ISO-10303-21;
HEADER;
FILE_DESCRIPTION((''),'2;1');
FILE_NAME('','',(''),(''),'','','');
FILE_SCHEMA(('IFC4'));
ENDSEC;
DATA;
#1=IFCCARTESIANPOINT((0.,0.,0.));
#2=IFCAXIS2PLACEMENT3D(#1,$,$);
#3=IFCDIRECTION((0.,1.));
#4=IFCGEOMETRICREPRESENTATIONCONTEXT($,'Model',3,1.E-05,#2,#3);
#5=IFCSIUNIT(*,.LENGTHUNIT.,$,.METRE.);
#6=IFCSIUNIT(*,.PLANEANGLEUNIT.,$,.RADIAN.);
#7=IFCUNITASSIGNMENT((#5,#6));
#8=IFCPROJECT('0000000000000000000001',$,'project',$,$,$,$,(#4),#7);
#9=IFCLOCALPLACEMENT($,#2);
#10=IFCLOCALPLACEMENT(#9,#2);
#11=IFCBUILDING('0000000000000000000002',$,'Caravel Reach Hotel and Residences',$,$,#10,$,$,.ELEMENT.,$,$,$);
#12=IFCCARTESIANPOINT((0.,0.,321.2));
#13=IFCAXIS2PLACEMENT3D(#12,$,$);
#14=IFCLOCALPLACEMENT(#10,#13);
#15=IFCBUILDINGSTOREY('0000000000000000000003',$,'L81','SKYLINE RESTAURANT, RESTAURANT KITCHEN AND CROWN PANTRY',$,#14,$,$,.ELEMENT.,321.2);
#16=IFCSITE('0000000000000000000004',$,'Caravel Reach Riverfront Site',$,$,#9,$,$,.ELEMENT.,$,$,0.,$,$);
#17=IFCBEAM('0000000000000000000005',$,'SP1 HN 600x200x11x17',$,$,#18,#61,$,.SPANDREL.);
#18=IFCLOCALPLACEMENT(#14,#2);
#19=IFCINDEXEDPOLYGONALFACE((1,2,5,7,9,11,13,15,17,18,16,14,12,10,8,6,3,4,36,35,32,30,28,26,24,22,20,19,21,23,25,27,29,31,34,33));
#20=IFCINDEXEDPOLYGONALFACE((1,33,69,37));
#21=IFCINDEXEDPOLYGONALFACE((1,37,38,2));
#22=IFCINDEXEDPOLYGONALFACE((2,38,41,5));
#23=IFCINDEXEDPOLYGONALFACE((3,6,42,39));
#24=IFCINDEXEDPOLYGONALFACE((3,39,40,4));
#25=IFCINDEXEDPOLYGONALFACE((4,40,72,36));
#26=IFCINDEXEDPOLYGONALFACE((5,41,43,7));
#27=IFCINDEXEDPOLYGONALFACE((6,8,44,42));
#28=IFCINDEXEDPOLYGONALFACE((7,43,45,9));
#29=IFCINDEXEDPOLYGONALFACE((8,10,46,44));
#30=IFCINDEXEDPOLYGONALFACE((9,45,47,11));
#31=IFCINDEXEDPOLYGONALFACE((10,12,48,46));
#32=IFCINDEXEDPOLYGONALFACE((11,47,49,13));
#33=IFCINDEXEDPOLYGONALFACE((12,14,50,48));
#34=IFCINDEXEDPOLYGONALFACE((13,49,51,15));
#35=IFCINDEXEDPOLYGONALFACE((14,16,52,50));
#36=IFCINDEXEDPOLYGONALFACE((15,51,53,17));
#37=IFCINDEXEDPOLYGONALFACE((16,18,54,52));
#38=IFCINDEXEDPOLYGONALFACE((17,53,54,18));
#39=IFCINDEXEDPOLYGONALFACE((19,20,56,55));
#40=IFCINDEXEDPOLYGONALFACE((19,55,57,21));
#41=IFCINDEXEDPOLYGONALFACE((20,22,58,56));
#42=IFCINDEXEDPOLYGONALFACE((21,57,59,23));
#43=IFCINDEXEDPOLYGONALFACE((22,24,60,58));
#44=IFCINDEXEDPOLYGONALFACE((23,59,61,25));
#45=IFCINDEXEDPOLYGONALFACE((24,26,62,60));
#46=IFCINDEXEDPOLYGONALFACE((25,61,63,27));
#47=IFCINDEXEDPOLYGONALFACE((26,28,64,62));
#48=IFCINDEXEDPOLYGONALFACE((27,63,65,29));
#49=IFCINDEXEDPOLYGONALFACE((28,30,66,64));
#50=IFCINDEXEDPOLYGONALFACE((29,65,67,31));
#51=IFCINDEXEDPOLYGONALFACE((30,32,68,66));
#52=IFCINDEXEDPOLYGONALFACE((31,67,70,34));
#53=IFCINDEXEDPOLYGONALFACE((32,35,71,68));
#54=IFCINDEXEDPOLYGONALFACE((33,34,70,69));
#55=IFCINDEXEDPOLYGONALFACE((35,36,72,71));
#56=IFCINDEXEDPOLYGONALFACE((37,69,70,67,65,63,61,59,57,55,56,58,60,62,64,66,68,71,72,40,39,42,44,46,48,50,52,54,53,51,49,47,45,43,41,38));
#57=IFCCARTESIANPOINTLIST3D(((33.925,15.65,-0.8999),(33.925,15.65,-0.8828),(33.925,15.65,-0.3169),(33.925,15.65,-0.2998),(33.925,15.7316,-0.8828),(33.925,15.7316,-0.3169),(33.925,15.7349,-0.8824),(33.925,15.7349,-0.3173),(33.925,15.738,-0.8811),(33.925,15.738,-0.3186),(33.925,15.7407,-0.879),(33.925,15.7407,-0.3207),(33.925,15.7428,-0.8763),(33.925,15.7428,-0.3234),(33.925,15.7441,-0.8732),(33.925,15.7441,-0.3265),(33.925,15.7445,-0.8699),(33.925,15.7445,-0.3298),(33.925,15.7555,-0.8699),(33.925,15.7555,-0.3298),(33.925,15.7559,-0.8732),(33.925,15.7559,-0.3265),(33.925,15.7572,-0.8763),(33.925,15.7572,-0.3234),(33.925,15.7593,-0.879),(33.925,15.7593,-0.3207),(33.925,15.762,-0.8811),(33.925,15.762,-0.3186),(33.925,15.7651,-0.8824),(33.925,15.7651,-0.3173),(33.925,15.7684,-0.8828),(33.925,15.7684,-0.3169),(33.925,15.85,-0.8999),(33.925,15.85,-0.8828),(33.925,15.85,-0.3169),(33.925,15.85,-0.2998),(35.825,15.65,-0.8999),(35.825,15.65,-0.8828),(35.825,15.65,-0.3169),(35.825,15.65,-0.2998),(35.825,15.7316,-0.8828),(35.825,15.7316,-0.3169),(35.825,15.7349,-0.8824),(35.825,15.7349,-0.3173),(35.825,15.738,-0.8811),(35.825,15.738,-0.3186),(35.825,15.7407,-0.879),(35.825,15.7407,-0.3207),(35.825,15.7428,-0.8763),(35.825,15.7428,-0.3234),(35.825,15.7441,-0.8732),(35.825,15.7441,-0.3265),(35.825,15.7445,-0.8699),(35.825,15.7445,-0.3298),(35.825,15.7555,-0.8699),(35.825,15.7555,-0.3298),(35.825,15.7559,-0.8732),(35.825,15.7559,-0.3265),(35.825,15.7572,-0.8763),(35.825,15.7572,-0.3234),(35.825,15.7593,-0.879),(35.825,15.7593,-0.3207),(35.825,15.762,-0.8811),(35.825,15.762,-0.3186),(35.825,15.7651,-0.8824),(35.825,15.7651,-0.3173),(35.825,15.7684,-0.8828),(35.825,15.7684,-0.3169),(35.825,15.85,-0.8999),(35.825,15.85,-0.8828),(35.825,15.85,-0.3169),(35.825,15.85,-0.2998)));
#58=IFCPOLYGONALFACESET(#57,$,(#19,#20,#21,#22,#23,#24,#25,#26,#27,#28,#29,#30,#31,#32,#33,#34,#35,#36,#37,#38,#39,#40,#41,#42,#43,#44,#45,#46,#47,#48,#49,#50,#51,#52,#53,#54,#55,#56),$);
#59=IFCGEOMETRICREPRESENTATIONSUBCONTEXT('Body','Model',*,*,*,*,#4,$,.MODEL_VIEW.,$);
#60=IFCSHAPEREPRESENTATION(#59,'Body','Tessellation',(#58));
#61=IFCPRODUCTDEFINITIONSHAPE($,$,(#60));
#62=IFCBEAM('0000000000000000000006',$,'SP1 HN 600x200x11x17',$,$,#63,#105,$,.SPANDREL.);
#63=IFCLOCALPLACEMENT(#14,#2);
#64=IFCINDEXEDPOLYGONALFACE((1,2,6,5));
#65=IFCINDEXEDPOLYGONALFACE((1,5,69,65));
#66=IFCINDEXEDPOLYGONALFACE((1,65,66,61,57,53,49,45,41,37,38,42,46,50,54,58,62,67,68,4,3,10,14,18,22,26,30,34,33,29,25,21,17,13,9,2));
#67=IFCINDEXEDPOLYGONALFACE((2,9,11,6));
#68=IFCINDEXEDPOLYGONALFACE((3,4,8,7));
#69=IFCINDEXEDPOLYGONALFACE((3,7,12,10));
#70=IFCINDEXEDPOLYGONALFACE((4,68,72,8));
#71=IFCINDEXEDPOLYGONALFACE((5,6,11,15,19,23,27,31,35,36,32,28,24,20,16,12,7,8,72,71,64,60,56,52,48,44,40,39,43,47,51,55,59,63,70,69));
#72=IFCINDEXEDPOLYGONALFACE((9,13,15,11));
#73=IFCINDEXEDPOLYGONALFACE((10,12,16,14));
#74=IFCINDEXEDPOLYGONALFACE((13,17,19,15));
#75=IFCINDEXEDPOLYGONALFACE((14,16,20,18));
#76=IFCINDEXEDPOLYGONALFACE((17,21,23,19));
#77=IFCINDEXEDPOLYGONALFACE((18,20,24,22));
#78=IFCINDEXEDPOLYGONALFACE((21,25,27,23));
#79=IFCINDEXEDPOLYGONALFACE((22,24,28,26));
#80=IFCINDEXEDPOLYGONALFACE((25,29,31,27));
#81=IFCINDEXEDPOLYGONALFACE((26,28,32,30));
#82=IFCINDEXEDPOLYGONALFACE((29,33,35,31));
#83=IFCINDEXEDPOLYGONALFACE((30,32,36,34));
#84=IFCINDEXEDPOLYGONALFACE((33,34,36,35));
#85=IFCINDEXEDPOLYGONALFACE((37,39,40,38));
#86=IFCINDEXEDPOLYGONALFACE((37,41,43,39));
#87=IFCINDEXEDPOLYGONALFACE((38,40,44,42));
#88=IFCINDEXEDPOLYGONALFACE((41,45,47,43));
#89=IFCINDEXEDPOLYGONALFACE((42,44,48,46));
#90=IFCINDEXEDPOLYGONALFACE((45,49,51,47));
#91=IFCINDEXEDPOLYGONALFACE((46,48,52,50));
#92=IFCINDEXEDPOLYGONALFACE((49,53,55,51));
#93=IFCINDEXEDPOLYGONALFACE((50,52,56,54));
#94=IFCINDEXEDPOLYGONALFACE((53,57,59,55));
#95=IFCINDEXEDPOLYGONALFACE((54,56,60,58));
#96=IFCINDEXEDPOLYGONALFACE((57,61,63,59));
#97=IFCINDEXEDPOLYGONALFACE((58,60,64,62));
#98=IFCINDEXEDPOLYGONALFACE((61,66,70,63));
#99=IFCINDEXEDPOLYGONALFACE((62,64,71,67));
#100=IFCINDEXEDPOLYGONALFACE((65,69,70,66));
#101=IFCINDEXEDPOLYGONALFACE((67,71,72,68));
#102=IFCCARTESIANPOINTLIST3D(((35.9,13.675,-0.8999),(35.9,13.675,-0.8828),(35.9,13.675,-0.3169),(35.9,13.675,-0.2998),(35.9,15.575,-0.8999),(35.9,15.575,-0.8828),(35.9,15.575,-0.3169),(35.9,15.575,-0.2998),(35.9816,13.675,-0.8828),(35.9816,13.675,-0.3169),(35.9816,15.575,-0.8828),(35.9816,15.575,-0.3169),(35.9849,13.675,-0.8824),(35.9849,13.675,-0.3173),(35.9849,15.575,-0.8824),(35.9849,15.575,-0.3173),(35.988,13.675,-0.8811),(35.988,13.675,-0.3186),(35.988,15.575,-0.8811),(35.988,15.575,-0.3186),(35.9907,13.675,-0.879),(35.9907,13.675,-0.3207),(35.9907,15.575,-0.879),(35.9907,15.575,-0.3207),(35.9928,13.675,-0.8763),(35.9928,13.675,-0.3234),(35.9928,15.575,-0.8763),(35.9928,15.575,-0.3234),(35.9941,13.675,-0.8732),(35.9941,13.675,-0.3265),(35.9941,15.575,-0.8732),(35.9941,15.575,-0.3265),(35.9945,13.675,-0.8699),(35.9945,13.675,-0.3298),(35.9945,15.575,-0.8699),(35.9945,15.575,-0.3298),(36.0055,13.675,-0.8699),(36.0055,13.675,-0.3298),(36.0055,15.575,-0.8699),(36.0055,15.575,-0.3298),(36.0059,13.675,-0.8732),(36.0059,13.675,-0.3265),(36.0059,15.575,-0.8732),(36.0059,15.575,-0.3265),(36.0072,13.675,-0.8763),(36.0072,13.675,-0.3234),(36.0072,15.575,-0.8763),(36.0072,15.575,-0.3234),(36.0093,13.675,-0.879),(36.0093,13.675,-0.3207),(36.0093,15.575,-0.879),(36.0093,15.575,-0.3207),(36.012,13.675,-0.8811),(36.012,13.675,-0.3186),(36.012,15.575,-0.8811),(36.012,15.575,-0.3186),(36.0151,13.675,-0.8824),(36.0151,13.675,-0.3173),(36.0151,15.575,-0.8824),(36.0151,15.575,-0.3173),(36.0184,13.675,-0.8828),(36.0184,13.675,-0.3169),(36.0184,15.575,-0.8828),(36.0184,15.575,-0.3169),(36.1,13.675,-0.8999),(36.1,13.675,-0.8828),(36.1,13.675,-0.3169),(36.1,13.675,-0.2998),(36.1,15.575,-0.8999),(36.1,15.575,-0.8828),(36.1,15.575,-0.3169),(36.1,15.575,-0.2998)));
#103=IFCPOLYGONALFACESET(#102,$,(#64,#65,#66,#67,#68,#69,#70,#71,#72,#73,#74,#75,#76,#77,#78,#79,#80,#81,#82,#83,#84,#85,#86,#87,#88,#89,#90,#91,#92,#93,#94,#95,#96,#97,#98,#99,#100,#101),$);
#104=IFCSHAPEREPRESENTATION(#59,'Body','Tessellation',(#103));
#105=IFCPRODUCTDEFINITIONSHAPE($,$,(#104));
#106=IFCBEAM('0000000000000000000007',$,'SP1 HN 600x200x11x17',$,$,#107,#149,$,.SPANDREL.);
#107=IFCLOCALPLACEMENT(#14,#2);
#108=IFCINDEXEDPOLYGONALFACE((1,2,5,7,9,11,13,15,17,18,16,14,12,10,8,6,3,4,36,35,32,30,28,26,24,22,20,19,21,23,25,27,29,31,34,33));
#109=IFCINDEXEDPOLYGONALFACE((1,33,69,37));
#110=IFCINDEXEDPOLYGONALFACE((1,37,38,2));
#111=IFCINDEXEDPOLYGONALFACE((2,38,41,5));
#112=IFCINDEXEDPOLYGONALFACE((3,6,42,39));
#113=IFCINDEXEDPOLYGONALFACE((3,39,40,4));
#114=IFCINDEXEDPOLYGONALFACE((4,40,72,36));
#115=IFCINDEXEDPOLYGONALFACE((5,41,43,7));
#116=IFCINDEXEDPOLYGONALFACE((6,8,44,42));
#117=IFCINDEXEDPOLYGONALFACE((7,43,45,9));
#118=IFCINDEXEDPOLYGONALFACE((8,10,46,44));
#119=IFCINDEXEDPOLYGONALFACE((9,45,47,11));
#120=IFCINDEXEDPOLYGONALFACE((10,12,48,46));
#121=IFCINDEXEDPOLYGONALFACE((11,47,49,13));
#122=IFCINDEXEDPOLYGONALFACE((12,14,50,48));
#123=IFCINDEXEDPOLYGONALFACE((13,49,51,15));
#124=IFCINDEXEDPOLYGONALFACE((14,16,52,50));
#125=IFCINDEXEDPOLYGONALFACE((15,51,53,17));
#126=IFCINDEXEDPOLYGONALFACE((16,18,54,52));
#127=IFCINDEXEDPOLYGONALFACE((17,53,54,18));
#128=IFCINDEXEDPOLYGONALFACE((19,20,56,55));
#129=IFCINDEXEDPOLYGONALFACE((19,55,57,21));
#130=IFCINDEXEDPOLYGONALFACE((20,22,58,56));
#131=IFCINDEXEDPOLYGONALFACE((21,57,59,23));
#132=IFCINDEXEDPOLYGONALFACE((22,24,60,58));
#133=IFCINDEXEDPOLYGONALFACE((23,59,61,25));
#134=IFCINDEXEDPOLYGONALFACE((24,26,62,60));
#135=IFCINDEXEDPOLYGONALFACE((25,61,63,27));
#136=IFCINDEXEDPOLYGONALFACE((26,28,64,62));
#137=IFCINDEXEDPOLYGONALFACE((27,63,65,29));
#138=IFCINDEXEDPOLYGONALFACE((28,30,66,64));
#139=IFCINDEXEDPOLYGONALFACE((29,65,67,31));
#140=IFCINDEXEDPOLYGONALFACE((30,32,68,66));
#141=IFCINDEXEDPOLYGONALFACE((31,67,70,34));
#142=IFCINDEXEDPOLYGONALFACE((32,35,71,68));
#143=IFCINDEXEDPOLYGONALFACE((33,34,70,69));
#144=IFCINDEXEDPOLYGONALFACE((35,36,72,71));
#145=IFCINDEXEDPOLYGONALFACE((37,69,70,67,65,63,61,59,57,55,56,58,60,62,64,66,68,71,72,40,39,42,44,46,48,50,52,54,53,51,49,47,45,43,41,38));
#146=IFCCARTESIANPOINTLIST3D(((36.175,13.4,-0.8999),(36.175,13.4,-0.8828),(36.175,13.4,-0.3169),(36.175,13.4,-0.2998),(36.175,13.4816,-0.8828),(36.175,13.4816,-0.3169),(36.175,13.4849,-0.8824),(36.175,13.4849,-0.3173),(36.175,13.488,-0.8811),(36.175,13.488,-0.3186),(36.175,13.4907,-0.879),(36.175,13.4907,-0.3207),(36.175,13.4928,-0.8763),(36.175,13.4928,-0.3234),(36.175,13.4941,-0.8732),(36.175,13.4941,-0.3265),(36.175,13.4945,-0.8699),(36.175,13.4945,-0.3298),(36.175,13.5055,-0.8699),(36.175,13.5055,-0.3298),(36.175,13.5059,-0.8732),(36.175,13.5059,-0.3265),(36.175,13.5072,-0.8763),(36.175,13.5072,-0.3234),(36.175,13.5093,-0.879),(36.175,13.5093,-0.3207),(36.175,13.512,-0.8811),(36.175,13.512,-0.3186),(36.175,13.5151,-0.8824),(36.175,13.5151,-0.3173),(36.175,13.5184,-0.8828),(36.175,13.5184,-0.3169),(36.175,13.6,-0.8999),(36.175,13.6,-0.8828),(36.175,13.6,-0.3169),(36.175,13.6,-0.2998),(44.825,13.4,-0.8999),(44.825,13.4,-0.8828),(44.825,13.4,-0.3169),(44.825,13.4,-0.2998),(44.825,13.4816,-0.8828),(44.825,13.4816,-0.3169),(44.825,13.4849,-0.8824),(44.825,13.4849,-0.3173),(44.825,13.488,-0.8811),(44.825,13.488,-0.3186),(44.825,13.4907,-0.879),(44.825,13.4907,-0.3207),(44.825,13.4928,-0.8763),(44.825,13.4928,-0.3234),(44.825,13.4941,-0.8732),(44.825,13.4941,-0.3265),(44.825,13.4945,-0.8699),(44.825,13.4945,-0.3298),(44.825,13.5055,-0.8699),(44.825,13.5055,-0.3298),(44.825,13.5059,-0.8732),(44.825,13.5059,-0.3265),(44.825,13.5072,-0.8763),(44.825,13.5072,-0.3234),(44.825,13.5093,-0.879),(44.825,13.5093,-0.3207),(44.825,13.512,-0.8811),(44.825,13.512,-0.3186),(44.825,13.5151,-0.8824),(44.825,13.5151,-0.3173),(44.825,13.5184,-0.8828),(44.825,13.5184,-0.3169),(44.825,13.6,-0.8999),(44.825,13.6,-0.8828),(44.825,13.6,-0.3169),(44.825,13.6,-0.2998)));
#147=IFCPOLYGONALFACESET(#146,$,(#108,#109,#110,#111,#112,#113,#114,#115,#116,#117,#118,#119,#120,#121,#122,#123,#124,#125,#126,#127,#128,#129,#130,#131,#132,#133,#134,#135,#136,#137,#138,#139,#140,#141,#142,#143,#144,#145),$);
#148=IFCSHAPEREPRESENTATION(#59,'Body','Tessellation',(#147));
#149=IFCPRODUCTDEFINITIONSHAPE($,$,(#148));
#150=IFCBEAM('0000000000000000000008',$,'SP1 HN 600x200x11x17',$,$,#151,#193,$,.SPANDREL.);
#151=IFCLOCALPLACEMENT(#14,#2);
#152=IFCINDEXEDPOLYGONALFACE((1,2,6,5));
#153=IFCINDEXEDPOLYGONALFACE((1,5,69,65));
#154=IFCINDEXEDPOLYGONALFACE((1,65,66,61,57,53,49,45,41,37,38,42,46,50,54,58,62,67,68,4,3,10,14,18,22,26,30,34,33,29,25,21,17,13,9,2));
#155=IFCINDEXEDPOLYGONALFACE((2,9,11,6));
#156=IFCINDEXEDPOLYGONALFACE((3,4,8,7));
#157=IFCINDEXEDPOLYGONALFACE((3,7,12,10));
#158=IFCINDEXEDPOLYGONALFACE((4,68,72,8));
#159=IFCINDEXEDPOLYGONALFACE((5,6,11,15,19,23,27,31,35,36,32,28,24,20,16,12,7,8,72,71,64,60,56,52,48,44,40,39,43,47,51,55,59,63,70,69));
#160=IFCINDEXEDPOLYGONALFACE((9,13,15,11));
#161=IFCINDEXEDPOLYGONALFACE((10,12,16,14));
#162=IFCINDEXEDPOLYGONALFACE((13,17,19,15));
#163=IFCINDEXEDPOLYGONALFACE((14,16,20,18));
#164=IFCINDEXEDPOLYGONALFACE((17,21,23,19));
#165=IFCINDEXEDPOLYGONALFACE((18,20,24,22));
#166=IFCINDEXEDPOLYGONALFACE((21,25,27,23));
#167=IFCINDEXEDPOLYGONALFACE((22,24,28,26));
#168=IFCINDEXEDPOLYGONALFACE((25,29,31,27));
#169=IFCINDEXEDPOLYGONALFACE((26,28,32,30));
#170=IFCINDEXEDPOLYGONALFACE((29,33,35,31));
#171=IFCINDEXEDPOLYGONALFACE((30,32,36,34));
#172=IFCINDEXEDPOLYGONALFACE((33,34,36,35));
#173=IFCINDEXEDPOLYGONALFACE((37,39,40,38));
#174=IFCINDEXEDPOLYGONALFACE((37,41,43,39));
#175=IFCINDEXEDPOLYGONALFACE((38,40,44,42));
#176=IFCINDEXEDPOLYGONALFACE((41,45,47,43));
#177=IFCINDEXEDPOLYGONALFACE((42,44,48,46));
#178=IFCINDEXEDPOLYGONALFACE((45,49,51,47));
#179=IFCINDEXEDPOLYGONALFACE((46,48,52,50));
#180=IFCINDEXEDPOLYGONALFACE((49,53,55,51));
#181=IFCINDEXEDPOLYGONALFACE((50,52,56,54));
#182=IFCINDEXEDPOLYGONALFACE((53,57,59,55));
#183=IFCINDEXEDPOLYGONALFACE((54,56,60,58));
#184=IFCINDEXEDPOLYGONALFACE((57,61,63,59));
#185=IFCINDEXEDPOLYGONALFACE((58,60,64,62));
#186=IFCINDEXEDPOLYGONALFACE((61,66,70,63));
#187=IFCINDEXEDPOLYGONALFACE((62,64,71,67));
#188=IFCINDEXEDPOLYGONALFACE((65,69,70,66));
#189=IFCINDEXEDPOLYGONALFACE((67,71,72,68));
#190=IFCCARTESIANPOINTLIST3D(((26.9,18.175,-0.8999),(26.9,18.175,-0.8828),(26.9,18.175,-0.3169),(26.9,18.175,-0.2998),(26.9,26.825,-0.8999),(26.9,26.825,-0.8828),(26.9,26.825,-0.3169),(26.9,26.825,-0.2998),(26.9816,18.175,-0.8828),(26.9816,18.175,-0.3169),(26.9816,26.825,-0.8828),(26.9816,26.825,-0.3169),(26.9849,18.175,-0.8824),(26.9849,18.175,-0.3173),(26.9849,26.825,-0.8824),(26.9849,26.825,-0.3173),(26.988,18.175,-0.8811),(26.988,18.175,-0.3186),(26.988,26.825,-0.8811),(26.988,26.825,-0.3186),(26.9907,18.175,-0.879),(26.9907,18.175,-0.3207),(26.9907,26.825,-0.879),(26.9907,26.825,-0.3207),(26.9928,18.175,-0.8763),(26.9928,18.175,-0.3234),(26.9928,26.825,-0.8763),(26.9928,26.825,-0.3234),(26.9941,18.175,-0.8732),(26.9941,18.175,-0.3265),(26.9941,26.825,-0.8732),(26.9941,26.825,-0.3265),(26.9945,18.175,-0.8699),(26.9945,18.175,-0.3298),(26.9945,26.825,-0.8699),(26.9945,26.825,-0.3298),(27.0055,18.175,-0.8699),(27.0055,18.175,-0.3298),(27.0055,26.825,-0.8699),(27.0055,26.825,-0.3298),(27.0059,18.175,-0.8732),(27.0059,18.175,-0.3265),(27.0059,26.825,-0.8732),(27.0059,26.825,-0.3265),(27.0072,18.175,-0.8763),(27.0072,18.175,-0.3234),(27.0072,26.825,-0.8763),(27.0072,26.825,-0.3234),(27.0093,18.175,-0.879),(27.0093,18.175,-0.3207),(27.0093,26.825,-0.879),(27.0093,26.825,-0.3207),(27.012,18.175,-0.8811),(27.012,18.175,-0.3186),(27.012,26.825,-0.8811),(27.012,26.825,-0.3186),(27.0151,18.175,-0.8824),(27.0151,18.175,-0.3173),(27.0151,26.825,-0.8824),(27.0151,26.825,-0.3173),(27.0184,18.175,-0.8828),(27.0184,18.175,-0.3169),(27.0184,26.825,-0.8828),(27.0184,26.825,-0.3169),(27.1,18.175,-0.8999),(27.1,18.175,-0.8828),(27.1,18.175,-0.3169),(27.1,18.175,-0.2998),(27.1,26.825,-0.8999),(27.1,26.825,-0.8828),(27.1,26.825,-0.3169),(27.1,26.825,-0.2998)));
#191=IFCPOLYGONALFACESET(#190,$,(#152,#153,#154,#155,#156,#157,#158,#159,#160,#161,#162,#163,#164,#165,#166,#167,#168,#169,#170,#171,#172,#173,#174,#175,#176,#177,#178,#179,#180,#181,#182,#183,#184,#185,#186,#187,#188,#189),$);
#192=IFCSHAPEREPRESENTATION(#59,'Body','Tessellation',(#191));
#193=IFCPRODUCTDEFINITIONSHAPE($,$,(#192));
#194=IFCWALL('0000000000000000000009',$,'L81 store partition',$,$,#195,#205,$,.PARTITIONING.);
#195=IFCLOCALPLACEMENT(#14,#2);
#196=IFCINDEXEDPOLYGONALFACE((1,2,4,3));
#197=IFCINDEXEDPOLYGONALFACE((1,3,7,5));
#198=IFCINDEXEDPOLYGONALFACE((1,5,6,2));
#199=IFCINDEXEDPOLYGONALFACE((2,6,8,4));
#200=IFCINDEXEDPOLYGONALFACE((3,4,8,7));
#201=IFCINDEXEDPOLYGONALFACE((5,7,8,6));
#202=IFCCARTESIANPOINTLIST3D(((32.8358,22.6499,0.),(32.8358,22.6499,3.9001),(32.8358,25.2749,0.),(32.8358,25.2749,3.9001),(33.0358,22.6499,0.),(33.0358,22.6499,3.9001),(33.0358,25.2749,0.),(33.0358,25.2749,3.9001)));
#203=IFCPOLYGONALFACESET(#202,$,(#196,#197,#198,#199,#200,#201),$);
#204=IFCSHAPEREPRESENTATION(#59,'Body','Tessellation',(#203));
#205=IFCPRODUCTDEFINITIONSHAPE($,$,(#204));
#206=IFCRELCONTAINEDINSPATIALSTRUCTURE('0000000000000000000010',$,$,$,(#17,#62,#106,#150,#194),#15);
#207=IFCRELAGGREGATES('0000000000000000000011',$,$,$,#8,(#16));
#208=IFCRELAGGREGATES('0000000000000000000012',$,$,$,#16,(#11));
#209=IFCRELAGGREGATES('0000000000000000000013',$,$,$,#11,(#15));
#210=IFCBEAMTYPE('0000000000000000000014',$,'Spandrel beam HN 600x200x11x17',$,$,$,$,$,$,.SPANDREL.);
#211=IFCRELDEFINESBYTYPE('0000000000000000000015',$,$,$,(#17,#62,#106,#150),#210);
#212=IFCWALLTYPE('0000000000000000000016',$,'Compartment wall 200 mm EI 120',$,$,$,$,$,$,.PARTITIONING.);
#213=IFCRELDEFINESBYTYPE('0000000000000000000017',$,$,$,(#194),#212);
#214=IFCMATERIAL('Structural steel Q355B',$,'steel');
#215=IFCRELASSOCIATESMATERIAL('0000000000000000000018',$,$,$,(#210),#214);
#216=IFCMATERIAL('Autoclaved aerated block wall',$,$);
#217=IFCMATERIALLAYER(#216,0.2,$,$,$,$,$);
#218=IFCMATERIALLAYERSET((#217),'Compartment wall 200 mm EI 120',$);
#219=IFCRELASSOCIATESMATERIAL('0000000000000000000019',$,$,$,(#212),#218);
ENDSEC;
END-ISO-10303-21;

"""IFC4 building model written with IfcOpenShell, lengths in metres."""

from ifc_helpers import new_model, si_unit, direction, frame, frame_2d, origin, origin_2d, place, context, subcontext, project, spatial, rectangle, i_section, extrude, material, layer, layer_set, material_profile, profile_set, type_object, element, save


model = new_model("IFC4")

# Units and contexts
model_context = context("Model", 3, precision=1e-05, world=origin(), true_north=direction((0.0, 1.0)))
body_context = subcontext(model_context, "Body", "Model", "MODEL_VIEW")
ifc_project = project(units=[si_unit("LENGTHUNIT", "METRE"), si_unit("PLANEANGLEUNIT", "RADIAN")], contexts=[model_context])

# Site, building, storey
site_placement = place(None, origin())
site = spatial("IfcSite", under=ifc_project, at=site_placement, Name="Caravel Reach Riverfront Site", CompositionType="ELEMENT", RefElevation=0.0)
building_placement = place(site_placement, origin())
building = spatial("IfcBuilding", under=site, at=building_placement, Name="Caravel Reach Hotel and Residences", CompositionType="ELEMENT")
storey_placement = place(building_placement, frame((0.0, 0.0, 321.2)))
storey = spatial("IfcBuildingStorey", under=building, at=storey_placement, Name="L81", Description="SKYLINE RESTAURANT, RESTAURANT KITCHEN AND CROWN PANTRY", CompositionType="ELEMENT", Elevation=321.2)

# Beams
ifc_material_1 = material(Name="Structural steel Q355B", Category="steel")
ifc_material_profile_1 = material_profile(ifc_material_1, i_section(OverallWidth=0.2, OverallDepth=0.6001, WebThickness=0.011, FlangeThickness=0.0171, FilletRadius=0.0129, at=origin_2d()), Name="HN 600x200x11x17")
ifc_profile_set_1 = profile_set([ifc_material_profile_1], Name="Structural steel Q355B")
beam_type_1 = type_object("IfcBeamType", Name="Spandrel beam HN 600x200x11x17", PredefinedType="SPANDREL", material=ifc_profile_set_1)
for number, where, z_axis, x_axis, name in (
    (1, (33.925, 15.75, -0.5999), (1.0, 0.0, 0.0), (0.0, 1.0, 0.0), "SP1 HN 600x200x11x17"),
    (2, (36.0, 15.575, -0.5999), (0.0, -1.0, 0.0), (1.0, 0.0, 0.0), "SP1 HN 600x200x11x17"),
):
    element("IfcBeam", number, at=place(storey_placement, frame(where, z_axis=z_axis, x_axis=x_axis)), inside=storey, type_object=beam_type_1, Name=name, PredefinedType="SPANDREL", context=body_context, shape_type="SweptSolid", body=[
        extrude(i_section(OverallWidth=0.2, OverallDepth=0.6001, WebThickness=0.011, FlangeThickness=0.0171, FilletRadius=0.0129, at=origin_2d()), origin(), (0.0, 0.0, 1.0), 1.8999),
    ])
for number, where, z_axis, x_axis, name in (
    (3, (36.175, 13.5, -0.5999), (1.0, 0.0, 0.0), (0.0, 1.0, 0.0), "SP1 HN 600x200x11x17"),
    (4, (27.0, 18.175, -0.5999), (0.0, 1.0, 0.0), (-1.0, 0.0, 0.0), "SP1 HN 600x200x11x17"),
):
    element("IfcBeam", number, at=place(storey_placement, frame(where, z_axis=z_axis, x_axis=x_axis)), inside=storey, type_object=beam_type_1, Name=name, PredefinedType="SPANDREL", context=body_context, shape_type="SweptSolid", body=[
        extrude(i_section(OverallWidth=0.2, OverallDepth=0.6001, WebThickness=0.011, FlangeThickness=0.0171, FilletRadius=0.0129, at=origin_2d()), origin(), (0.0, 0.0, 1.0), 8.6499),
    ])

# Wall
ifc_material_2 = material(Name="Autoclaved aerated block wall")
ifc_layer_1 = layer(ifc_material_2, 0.2)
ifc_layer_set_1 = layer_set([ifc_layer_1], Name="Compartment wall 200 mm EI 120")
wall_type_1 = type_object("IfcWallType", Name="Compartment wall 200 mm EI 120", PredefinedType="PARTITIONING", material=ifc_layer_set_1)
wall_1_placement = place(storey_placement, frame((32.9358, 22.6499, 0.0), z_axis=(0.0, 0.0, 1.0), x_axis=(0.0, 1.0, 0.0)))
element("IfcWall", 5, at=wall_1_placement, inside=storey, type_object=wall_type_1, Name="L81 store partition", PredefinedType="PARTITIONING", context=body_context, shape_type="SweptSolid", body=[
    extrude(rectangle(XDim=2.625, YDim=0.2, at=frame_2d((1.3125, 0.0))), origin(), (0.0, 0.0, 1.0), 3.9001),
])

save(model, "model.ifc")
